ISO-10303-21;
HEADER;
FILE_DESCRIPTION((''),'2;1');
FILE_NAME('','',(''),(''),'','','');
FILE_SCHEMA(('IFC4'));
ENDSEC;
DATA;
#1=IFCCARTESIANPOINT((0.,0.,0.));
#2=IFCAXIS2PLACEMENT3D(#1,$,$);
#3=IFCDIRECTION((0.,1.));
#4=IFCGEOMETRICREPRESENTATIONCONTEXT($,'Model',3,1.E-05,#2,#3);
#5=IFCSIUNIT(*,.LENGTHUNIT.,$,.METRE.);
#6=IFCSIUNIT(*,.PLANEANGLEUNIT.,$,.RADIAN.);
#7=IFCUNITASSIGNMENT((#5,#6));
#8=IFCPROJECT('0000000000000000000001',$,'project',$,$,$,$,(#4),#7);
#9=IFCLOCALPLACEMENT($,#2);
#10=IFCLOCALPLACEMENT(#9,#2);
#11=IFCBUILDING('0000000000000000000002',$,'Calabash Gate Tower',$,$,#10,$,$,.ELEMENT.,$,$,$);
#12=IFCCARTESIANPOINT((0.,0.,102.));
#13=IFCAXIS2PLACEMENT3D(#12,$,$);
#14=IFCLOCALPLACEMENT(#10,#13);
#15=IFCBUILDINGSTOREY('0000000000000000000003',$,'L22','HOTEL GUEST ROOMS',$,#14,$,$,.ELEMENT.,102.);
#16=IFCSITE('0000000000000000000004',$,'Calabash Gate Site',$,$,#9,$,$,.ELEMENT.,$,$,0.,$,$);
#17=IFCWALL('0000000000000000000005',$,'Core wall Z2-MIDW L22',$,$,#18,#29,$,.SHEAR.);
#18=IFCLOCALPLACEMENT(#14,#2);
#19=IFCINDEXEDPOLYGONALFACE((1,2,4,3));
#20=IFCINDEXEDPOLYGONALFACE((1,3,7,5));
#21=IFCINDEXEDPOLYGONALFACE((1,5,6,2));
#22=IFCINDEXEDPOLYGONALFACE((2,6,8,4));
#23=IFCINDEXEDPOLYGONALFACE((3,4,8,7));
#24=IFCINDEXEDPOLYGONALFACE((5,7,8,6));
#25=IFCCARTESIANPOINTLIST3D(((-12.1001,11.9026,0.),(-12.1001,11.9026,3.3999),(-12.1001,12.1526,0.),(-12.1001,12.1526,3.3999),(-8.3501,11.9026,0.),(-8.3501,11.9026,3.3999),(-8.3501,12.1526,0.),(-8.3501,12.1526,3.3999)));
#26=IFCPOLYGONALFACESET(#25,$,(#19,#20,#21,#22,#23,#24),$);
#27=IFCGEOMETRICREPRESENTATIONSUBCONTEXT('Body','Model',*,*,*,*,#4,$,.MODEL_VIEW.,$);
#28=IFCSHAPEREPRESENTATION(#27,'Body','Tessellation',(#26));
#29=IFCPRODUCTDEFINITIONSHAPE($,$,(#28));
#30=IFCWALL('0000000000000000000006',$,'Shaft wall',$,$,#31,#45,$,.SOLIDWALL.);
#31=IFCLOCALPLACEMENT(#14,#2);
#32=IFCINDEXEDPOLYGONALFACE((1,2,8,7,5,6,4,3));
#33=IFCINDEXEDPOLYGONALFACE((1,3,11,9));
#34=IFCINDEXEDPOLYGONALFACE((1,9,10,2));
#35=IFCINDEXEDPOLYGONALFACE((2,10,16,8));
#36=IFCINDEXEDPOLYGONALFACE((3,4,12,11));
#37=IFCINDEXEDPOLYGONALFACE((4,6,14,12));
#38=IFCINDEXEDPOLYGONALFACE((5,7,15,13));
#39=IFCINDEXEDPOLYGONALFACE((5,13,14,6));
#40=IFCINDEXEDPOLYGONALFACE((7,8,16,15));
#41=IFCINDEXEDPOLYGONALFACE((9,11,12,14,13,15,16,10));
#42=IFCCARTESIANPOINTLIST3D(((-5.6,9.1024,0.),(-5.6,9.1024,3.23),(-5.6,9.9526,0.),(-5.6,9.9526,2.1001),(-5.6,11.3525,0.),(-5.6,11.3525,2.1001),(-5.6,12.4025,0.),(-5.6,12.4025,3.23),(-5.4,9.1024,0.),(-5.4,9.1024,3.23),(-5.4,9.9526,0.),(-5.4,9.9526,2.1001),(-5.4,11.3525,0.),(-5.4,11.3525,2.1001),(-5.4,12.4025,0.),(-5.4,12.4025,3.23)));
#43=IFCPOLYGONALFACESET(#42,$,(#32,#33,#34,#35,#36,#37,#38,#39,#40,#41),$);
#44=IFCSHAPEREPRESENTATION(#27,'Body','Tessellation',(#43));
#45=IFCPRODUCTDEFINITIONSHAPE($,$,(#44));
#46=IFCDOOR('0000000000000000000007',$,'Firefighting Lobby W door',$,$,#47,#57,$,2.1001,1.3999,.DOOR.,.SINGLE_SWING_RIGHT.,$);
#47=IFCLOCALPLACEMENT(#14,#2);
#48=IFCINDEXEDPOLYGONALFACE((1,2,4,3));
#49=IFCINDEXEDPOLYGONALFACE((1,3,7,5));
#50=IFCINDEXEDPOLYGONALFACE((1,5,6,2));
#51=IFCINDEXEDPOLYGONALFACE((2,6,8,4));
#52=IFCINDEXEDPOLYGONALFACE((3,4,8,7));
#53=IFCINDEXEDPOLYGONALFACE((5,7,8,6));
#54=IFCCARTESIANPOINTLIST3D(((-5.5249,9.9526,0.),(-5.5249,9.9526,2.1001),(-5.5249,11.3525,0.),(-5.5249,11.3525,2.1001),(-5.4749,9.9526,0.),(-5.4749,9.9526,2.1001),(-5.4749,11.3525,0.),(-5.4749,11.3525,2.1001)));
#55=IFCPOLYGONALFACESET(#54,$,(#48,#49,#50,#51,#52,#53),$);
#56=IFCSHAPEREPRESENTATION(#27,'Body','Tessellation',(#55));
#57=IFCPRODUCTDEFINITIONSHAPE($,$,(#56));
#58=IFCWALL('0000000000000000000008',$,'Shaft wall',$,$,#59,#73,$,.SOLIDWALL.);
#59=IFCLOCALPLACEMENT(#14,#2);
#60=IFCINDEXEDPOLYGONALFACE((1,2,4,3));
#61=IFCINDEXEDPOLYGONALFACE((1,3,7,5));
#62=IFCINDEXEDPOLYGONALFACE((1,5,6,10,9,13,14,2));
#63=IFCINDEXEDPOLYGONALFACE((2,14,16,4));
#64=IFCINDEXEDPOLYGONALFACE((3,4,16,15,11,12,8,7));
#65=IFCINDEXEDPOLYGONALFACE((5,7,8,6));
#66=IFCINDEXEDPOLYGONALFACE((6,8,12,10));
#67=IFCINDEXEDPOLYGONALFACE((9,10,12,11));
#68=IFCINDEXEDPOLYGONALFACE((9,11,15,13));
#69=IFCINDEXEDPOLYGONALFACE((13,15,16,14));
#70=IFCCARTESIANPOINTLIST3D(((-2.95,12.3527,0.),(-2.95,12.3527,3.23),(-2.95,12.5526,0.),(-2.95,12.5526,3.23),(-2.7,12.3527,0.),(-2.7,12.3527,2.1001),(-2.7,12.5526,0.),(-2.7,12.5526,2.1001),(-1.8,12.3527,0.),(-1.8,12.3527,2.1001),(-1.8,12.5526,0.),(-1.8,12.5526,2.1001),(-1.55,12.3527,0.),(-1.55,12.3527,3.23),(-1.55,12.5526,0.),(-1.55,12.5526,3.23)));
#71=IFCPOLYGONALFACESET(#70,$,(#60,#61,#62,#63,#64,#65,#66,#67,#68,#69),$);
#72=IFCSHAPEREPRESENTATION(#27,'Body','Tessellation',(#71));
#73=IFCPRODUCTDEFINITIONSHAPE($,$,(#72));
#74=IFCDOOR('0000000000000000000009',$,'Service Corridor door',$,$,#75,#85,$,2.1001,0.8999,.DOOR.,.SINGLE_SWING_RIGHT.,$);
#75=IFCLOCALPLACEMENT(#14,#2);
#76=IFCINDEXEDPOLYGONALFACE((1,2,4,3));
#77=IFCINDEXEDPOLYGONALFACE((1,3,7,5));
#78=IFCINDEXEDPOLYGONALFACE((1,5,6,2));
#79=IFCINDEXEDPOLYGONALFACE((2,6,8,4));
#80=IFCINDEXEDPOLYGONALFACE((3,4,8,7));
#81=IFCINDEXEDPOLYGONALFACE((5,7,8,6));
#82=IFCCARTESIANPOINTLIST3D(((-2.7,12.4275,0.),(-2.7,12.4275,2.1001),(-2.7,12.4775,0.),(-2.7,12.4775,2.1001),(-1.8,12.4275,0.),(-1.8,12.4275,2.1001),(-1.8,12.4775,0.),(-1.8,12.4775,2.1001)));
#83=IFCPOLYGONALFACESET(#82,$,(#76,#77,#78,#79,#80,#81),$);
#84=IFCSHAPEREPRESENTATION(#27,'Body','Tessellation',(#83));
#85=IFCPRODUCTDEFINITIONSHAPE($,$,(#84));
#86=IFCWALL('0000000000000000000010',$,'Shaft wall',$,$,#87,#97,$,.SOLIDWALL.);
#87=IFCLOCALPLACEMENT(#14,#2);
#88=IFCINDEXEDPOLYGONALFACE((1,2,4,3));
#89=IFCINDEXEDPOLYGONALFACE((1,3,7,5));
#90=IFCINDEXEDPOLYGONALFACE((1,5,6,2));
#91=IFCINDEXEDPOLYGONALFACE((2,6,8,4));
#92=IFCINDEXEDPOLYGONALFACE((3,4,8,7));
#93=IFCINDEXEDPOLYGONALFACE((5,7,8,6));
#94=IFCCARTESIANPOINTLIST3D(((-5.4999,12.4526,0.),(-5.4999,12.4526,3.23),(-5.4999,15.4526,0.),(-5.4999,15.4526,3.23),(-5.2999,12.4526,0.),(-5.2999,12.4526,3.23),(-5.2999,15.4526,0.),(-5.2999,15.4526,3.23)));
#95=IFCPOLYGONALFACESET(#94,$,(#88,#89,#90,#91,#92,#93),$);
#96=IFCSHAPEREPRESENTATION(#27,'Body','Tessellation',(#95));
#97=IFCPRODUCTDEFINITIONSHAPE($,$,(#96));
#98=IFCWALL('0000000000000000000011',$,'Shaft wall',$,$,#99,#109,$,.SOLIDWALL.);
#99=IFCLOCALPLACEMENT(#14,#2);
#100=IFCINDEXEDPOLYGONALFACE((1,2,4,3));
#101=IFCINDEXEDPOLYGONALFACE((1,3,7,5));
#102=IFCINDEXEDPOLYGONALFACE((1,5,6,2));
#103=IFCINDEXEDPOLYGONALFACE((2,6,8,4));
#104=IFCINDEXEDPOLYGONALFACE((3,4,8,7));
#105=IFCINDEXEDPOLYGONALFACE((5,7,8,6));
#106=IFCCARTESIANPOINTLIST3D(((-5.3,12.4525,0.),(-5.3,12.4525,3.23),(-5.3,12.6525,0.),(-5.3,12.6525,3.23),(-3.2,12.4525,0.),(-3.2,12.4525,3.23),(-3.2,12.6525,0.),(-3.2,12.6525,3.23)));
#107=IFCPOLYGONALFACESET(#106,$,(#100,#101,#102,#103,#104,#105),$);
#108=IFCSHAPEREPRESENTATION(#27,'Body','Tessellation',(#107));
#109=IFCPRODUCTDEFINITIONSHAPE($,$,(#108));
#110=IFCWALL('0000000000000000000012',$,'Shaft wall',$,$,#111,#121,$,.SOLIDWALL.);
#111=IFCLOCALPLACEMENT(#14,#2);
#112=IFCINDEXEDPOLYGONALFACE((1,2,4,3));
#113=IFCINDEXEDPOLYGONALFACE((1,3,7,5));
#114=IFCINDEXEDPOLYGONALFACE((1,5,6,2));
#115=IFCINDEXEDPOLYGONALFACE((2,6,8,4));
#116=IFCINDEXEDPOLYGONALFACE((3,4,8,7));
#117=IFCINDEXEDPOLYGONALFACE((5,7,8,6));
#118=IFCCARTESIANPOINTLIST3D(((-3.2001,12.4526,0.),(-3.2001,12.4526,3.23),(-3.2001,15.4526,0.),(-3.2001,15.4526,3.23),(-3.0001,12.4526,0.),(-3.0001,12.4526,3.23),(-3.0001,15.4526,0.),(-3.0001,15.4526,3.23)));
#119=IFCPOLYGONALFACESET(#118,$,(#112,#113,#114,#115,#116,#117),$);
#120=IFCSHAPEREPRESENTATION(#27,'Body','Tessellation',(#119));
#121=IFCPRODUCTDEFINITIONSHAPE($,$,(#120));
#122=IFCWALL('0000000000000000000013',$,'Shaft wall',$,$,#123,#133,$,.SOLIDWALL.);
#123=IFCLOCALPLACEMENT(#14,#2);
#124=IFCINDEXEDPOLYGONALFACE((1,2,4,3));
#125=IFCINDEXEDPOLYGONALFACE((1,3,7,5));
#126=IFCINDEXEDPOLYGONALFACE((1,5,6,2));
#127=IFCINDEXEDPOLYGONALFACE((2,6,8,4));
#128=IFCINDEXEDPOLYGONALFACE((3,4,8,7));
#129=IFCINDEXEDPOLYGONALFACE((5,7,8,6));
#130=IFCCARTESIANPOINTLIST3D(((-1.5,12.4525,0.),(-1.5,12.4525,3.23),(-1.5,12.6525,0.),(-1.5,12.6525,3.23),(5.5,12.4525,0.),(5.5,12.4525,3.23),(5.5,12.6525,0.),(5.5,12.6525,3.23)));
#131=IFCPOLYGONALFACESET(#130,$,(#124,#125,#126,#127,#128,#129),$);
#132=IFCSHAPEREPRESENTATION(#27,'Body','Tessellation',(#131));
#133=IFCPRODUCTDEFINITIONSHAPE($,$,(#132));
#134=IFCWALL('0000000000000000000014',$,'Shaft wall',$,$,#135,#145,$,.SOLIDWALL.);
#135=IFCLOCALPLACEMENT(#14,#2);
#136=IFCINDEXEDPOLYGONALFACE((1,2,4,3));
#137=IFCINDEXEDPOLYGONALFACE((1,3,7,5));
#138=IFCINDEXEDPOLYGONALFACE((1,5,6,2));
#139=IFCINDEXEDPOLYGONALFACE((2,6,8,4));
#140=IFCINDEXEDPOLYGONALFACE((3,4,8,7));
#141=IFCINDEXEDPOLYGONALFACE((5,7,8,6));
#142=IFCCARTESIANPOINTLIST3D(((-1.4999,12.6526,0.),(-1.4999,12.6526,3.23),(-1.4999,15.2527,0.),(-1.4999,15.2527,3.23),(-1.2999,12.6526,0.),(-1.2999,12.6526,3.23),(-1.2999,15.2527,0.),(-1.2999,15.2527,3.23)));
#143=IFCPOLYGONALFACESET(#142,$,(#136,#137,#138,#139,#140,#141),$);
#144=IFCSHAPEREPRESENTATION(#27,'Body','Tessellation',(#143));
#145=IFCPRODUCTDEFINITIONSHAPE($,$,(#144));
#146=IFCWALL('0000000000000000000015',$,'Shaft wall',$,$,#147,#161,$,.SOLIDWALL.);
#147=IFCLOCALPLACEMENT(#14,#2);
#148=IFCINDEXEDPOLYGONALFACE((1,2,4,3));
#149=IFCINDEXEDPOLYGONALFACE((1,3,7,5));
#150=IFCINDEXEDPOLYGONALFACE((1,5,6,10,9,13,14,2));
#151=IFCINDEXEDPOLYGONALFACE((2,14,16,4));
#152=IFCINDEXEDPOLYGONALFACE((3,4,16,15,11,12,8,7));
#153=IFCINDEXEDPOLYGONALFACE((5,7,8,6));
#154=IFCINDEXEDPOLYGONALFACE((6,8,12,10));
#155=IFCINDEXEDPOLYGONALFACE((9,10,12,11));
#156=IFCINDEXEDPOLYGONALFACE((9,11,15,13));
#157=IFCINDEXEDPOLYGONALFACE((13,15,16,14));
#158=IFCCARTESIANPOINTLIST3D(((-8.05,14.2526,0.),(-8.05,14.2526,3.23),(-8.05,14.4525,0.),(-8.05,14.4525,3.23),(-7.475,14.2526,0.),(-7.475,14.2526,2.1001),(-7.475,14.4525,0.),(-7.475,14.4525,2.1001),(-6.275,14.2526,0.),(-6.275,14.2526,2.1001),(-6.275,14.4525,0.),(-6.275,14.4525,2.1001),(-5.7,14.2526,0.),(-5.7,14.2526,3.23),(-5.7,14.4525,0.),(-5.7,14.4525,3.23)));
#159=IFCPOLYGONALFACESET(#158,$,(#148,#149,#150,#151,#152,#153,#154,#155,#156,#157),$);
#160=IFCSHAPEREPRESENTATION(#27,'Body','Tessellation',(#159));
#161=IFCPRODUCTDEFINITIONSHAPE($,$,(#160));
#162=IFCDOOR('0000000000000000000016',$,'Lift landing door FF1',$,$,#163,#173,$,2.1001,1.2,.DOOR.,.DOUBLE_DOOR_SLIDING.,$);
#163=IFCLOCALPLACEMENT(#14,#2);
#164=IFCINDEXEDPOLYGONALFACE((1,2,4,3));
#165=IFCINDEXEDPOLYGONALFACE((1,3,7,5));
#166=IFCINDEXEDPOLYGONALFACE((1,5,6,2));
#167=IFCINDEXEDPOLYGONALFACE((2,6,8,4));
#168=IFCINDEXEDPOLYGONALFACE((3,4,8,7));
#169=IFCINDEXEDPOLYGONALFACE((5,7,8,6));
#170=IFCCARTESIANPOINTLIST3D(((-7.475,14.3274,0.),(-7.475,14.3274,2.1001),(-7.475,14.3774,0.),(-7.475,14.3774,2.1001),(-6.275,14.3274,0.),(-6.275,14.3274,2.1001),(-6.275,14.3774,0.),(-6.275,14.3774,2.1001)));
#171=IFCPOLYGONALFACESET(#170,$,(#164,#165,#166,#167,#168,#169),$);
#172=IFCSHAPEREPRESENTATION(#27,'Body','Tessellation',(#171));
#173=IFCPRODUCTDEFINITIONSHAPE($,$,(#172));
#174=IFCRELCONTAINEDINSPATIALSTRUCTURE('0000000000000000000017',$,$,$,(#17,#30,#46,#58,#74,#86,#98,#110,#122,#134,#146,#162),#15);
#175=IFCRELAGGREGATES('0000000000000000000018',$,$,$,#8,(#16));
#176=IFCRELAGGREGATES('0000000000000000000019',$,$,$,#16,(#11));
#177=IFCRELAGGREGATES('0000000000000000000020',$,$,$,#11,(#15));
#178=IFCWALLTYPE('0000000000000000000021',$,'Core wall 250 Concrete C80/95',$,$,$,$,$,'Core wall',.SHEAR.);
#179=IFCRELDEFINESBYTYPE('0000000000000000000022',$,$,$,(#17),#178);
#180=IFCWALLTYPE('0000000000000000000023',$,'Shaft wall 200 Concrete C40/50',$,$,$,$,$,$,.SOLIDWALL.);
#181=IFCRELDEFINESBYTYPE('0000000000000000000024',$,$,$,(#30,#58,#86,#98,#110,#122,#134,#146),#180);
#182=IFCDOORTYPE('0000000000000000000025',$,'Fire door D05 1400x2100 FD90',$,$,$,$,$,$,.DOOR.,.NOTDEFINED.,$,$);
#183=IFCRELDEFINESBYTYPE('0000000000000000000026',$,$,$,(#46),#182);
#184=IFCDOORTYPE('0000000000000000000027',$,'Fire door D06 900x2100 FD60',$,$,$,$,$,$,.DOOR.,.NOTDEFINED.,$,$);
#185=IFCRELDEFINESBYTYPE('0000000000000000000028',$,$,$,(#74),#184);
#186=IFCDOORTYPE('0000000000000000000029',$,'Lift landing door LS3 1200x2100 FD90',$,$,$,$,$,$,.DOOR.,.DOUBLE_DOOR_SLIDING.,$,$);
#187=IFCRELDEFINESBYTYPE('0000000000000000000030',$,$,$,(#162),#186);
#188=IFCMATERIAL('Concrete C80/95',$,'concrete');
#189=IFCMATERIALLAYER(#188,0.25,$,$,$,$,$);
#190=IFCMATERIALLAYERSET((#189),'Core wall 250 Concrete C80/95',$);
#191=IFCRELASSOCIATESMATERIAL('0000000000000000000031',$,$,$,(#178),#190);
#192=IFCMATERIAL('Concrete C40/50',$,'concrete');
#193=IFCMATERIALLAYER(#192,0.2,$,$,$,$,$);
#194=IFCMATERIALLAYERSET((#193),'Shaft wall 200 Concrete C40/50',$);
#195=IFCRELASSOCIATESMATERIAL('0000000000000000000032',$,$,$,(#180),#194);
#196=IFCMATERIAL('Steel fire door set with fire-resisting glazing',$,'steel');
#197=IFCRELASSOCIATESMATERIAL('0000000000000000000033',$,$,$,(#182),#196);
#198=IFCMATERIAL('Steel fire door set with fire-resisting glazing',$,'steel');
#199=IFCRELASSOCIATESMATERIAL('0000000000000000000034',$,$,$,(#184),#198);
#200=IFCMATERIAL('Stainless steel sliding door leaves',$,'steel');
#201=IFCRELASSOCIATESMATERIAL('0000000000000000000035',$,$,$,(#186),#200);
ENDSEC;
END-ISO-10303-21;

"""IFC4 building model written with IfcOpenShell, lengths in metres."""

from ifc_helpers import new_model, si_unit, direction, frame, frame_2d, origin, place, context, subcontext, project, spatial, rectangle, extrude, material, layer, layer_set, type_object, element, fill, save


model = new_model("IFC4")

# Units and contexts
model_context = context("Model", 3, precision=1e-05, world=origin(), true_north=direction((0.0, 1.0)))
body_context = subcontext(model_context, "Body", "Model", "MODEL_VIEW")
ifc_project = project(units=[si_unit("LENGTHUNIT", "METRE"), si_unit("PLANEANGLEUNIT", "RADIAN")], contexts=[model_context])

# Site, building, storey
site_placement = place(None, origin())
site = spatial("IfcSite", under=ifc_project, at=site_placement, Name="Calabash Gate Site", CompositionType="ELEMENT", RefElevation=0.0)
building_placement = place(site_placement, origin())
building = spatial("IfcBuilding", under=site, at=building_placement, Name="Calabash Gate Tower", CompositionType="ELEMENT")
storey_placement = place(building_placement, frame((0.0, 0.0, 102.0)))
storey = spatial("IfcBuildingStorey", under=building, at=storey_placement, Name="L22", Description="HOTEL GUEST ROOMS", CompositionType="ELEMENT", Elevation=102.0)

# Wall
ifc_material_1 = material(Name="Concrete C80/95", Category="concrete")
ifc_layer_1 = layer(ifc_material_1, 0.25)
ifc_layer_set_1 = layer_set([ifc_layer_1], Name="Core wall 250 Concrete C80/95")
wall_type_1 = type_object("IfcWallType", Name="Core wall 250 Concrete C80/95", ElementType="Core wall", PredefinedType="SHEAR", material=ifc_layer_set_1)
wall_1_placement = place(storey_placement, frame((-12.1001, 12.0276, 0.0), z_axis=(0.0, 0.0, 1.0), x_axis=(1.0, 0.0, 0.0)))
element("IfcWall", 1, at=wall_1_placement, inside=storey, type_object=wall_type_1, Name="Core wall Z2-MIDW L22", PredefinedType="SHEAR", context=body_context, shape_type="SweptSolid", body=[
    extrude(rectangle(XDim=3.75, YDim=0.25, at=frame_2d((1.875, 0.0))), origin(), (0.0, 0.0, 1.0), 3.3999),
])

# Walls, openings, doors
ifc_material_2 = material(Name="Concrete C40/50", Category="concrete")
ifc_layer_2 = layer(ifc_material_2, 0.2)
ifc_layer_set_2 = layer_set([ifc_layer_2], Name="Shaft wall 200 Concrete C40/50")
wall_type_2 = type_object("IfcWallType", Name="Shaft wall 200 Concrete C40/50", PredefinedType="SOLIDWALL", material=ifc_layer_set_2)
wall_2_placement = place(storey_placement, frame((-5.5, 9.1025, 0.0), z_axis=(0.0, 0.0, 1.0), x_axis=(0.0, 1.0, 0.0)))
wall_2 = element("IfcWall", 2, at=wall_2_placement, inside=storey, type_object=wall_type_2, Name="Shaft wall", PredefinedType="SOLIDWALL", context=body_context, shape_type="SweptSolid", body=[
    extrude(rectangle(XDim=3.3, YDim=0.2, at=frame_2d((1.6499, 0.0))), origin(), (0.0, 0.0, 1.0), 3.23),
])
opening_1_placement = place(wall_2_placement, frame((0.8501, 0.0, 0.0)))
opening_1 = element("IfcOpeningElement", 3, at=opening_1_placement, cuts=wall_2, PredefinedType="OPENING", context=body_context, shape_type="SweptSolid", body=[
    extrude(rectangle(XDim=1.3999, YDim=2.1001, at=frame_2d((0.7, 1.05))), frame((0.0, 0.1099, 0.0), z_axis=(0.0, -1.0, 0.0), x_axis=(1.0, 0.0, 0.0)), (0.0, 0.0, 1.0), 0.22),
])
ifc_material_3 = material(Name="Steel fire door set with fire-resisting glazing", Category="steel")
door_type_1 = type_object("IfcDoorType", Name="Fire door D05 1400x2100 FD90", OperationType="NOTDEFINED", PredefinedType="DOOR", material=ifc_material_3)
door_1_placement = place(opening_1_placement, origin())
door_1 = element("IfcDoor", 4, at=door_1_placement, inside=storey, type_object=door_type_1, Name="Firefighting Lobby W door", OperationType="SINGLE_SWING_RIGHT", OverallHeight=2.1001, OverallWidth=1.3999, PredefinedType="DOOR", context=body_context, shape_type="SweptSolid", body=[
    extrude(rectangle(XDim=1.3999, YDim=2.1001, at=frame_2d((0.7, 1.05))), frame((0.0, 0.0249, 0.0), z_axis=(0.0, -1.0, 0.0), x_axis=(1.0, 0.0, 0.0)), (0.0, 0.0, 1.0), 0.05),
])
fill(opening_1, door_1)
wall_3_placement = place(storey_placement, frame((-2.95, 12.4526, 0.0), z_axis=(0.0, 0.0, 1.0), x_axis=(1.0, 0.0, 0.0)))
wall_3 = element("IfcWall", 5, at=wall_3_placement, inside=storey, type_object=wall_type_2, Name="Shaft wall", PredefinedType="SOLIDWALL", context=body_context, shape_type="SweptSolid", body=[
    extrude(rectangle(XDim=1.3999, YDim=0.2, at=frame_2d((0.7, 0.0))), origin(), (0.0, 0.0, 1.0), 3.23),
])
opening_2_placement = place(wall_3_placement, frame((0.25, 0.0, 0.0)))
opening_2 = element("IfcOpeningElement", 6, at=opening_2_placement, cuts=wall_3, PredefinedType="OPENING", context=body_context, shape_type="SweptSolid", body=[
    extrude(rectangle(XDim=0.8999, YDim=2.1001, at=frame_2d((0.45, 1.05))), frame((0.0, 0.1099, 0.0), z_axis=(0.0, -1.0, 0.0), x_axis=(1.0, 0.0, 0.0)), (0.0, 0.0, 1.0), 0.22),
])
ifc_material_4 = material(Name="Steel fire door set with fire-resisting glazing", Category="steel")
door_type_2 = type_object("IfcDoorType", Name="Fire door D06 900x2100 FD60", OperationType="NOTDEFINED", PredefinedType="DOOR", material=ifc_material_4)
door_2_placement = place(opening_2_placement, origin())
door_2 = element("IfcDoor", 7, at=door_2_placement, inside=storey, type_object=door_type_2, Name="Service Corridor door", OperationType="SINGLE_SWING_RIGHT", OverallHeight=2.1001, OverallWidth=0.8999, PredefinedType="DOOR", context=body_context, shape_type="SweptSolid", body=[
    extrude(rectangle(XDim=0.8999, YDim=2.1001, at=frame_2d((0.45, 1.05))), frame((0.0, 0.0249, 0.0), z_axis=(0.0, -1.0, 0.0), x_axis=(1.0, 0.0, 0.0)), (0.0, 0.0, 1.0), 0.05),
])
fill(opening_2, door_2)

# Walls
wall_4_placement = place(storey_placement, frame((-5.3999, 12.4526, 0.0), z_axis=(0.0, 0.0, 1.0), x_axis=(0.0, 1.0, 0.0)))
element("IfcWall", 8, at=wall_4_placement, inside=storey, type_object=wall_type_2, Name="Shaft wall", PredefinedType="SOLIDWALL", context=body_context, shape_type="SweptSolid", body=[
    extrude(rectangle(XDim=3.0, YDim=0.2, at=frame_2d((1.5, 0.0))), origin(), (0.0, 0.0, 1.0), 3.23),
])
wall_5_placement = place(storey_placement, frame((-5.3, 12.5525, 0.0), z_axis=(0.0, 0.0, 1.0), x_axis=(1.0, 0.0, 0.0)))
element("IfcWall", 9, at=wall_5_placement, inside=storey, type_object=wall_type_2, Name="Shaft wall", PredefinedType="SOLIDWALL", context=body_context, shape_type="SweptSolid", body=[
    extrude(rectangle(XDim=2.1001, YDim=0.2, at=frame_2d((1.05, 0.0))), origin(), (0.0, 0.0, 1.0), 3.23),
])
wall_6_placement = place(storey_placement, frame((-3.1001, 12.4526, 0.0), z_axis=(0.0, 0.0, 1.0), x_axis=(0.0, 1.0, 0.0)))
element("IfcWall", 10, at=wall_6_placement, inside=storey, type_object=wall_type_2, Name="Shaft wall", PredefinedType="SOLIDWALL", context=body_context, shape_type="SweptSolid", body=[
    extrude(rectangle(XDim=3.0, YDim=0.2, at=frame_2d((1.5, 0.0))), origin(), (0.0, 0.0, 1.0), 3.23),
])
wall_7_placement = place(storey_placement, frame((-1.5, 12.5525, 0.0), z_axis=(0.0, 0.0, 1.0), x_axis=(1.0, 0.0, 0.0)))
element("IfcWall", 11, at=wall_7_placement, inside=storey, type_object=wall_type_2, Name="Shaft wall", PredefinedType="SOLIDWALL", context=body_context, shape_type="SweptSolid", body=[
    extrude(rectangle(XDim=7.0, YDim=0.2, at=frame_2d((3.5, 0.0))), origin(), (0.0, 0.0, 1.0), 3.23),
])
wall_8_placement = place(storey_placement, frame((-1.3999, 12.6526, 0.0), z_axis=(0.0, 0.0, 1.0), x_axis=(0.0, 1.0, 0.0)))
element("IfcWall", 12, at=wall_8_placement, inside=storey, type_object=wall_type_2, Name="Shaft wall", PredefinedType="SOLIDWALL", context=body_context, shape_type="SweptSolid", body=[
    extrude(rectangle(XDim=2.6001, YDim=0.2, at=frame_2d((1.3, 0.0))), origin(), (0.0, 0.0, 1.0), 3.23),
])

# Wall, opening, door
wall_9_placement = place(storey_placement, frame((-8.05, 14.3525, 0.0), z_axis=(0.0, 0.0, 1.0), x_axis=(1.0, 0.0, 0.0)))
wall_9 = element("IfcWall", 13, at=wall_9_placement, inside=storey, type_object=wall_type_2, Name="Shaft wall", PredefinedType="SOLIDWALL", context=body_context, shape_type="SweptSolid", body=[
    extrude(rectangle(XDim=2.3501, YDim=0.2, at=frame_2d((1.175, 0.0))), origin(), (0.0, 0.0, 1.0), 3.23),
])
opening_3_placement = place(wall_9_placement, frame((0.575, 0.0, 0.0)))
opening_3 = element("IfcOpeningElement", 14, at=opening_3_placement, cuts=wall_9, PredefinedType="OPENING", context=body_context, shape_type="SweptSolid", body=[
    extrude(rectangle(XDim=1.2, YDim=2.1001, at=frame_2d((0.6001, 1.05))), frame((0.0, 0.1099, 0.0), z_axis=(0.0, -1.0, 0.0), x_axis=(1.0, 0.0, 0.0)), (0.0, 0.0, 1.0), 0.22),
])
ifc_material_5 = material(Name="Stainless steel sliding door leaves", Category="steel")
door_type_3 = type_object("IfcDoorType", Name="Lift landing door LS3 1200x2100 FD90", OperationType="DOUBLE_DOOR_SLIDING", PredefinedType="DOOR", material=ifc_material_5)
door_3_placement = place(opening_3_placement, origin())
door_3 = element("IfcDoor", 15, at=door_3_placement, inside=storey, type_object=door_type_3, Name="Lift landing door FF1", OperationType="DOUBLE_DOOR_SLIDING", OverallHeight=2.1001, OverallWidth=1.2, PredefinedType="DOOR", context=body_context, shape_type="SweptSolid", body=[
    extrude(rectangle(XDim=1.2, YDim=2.1001, at=frame_2d((0.6001, 1.05))), frame((0.0, 0.0249, 0.0), z_axis=(0.0, -1.0, 0.0), x_axis=(1.0, 0.0, 0.0)), (0.0, 0.0, 1.0), 0.05),
])
fill(opening_3, door_3)

save(model, "model.ifc")
